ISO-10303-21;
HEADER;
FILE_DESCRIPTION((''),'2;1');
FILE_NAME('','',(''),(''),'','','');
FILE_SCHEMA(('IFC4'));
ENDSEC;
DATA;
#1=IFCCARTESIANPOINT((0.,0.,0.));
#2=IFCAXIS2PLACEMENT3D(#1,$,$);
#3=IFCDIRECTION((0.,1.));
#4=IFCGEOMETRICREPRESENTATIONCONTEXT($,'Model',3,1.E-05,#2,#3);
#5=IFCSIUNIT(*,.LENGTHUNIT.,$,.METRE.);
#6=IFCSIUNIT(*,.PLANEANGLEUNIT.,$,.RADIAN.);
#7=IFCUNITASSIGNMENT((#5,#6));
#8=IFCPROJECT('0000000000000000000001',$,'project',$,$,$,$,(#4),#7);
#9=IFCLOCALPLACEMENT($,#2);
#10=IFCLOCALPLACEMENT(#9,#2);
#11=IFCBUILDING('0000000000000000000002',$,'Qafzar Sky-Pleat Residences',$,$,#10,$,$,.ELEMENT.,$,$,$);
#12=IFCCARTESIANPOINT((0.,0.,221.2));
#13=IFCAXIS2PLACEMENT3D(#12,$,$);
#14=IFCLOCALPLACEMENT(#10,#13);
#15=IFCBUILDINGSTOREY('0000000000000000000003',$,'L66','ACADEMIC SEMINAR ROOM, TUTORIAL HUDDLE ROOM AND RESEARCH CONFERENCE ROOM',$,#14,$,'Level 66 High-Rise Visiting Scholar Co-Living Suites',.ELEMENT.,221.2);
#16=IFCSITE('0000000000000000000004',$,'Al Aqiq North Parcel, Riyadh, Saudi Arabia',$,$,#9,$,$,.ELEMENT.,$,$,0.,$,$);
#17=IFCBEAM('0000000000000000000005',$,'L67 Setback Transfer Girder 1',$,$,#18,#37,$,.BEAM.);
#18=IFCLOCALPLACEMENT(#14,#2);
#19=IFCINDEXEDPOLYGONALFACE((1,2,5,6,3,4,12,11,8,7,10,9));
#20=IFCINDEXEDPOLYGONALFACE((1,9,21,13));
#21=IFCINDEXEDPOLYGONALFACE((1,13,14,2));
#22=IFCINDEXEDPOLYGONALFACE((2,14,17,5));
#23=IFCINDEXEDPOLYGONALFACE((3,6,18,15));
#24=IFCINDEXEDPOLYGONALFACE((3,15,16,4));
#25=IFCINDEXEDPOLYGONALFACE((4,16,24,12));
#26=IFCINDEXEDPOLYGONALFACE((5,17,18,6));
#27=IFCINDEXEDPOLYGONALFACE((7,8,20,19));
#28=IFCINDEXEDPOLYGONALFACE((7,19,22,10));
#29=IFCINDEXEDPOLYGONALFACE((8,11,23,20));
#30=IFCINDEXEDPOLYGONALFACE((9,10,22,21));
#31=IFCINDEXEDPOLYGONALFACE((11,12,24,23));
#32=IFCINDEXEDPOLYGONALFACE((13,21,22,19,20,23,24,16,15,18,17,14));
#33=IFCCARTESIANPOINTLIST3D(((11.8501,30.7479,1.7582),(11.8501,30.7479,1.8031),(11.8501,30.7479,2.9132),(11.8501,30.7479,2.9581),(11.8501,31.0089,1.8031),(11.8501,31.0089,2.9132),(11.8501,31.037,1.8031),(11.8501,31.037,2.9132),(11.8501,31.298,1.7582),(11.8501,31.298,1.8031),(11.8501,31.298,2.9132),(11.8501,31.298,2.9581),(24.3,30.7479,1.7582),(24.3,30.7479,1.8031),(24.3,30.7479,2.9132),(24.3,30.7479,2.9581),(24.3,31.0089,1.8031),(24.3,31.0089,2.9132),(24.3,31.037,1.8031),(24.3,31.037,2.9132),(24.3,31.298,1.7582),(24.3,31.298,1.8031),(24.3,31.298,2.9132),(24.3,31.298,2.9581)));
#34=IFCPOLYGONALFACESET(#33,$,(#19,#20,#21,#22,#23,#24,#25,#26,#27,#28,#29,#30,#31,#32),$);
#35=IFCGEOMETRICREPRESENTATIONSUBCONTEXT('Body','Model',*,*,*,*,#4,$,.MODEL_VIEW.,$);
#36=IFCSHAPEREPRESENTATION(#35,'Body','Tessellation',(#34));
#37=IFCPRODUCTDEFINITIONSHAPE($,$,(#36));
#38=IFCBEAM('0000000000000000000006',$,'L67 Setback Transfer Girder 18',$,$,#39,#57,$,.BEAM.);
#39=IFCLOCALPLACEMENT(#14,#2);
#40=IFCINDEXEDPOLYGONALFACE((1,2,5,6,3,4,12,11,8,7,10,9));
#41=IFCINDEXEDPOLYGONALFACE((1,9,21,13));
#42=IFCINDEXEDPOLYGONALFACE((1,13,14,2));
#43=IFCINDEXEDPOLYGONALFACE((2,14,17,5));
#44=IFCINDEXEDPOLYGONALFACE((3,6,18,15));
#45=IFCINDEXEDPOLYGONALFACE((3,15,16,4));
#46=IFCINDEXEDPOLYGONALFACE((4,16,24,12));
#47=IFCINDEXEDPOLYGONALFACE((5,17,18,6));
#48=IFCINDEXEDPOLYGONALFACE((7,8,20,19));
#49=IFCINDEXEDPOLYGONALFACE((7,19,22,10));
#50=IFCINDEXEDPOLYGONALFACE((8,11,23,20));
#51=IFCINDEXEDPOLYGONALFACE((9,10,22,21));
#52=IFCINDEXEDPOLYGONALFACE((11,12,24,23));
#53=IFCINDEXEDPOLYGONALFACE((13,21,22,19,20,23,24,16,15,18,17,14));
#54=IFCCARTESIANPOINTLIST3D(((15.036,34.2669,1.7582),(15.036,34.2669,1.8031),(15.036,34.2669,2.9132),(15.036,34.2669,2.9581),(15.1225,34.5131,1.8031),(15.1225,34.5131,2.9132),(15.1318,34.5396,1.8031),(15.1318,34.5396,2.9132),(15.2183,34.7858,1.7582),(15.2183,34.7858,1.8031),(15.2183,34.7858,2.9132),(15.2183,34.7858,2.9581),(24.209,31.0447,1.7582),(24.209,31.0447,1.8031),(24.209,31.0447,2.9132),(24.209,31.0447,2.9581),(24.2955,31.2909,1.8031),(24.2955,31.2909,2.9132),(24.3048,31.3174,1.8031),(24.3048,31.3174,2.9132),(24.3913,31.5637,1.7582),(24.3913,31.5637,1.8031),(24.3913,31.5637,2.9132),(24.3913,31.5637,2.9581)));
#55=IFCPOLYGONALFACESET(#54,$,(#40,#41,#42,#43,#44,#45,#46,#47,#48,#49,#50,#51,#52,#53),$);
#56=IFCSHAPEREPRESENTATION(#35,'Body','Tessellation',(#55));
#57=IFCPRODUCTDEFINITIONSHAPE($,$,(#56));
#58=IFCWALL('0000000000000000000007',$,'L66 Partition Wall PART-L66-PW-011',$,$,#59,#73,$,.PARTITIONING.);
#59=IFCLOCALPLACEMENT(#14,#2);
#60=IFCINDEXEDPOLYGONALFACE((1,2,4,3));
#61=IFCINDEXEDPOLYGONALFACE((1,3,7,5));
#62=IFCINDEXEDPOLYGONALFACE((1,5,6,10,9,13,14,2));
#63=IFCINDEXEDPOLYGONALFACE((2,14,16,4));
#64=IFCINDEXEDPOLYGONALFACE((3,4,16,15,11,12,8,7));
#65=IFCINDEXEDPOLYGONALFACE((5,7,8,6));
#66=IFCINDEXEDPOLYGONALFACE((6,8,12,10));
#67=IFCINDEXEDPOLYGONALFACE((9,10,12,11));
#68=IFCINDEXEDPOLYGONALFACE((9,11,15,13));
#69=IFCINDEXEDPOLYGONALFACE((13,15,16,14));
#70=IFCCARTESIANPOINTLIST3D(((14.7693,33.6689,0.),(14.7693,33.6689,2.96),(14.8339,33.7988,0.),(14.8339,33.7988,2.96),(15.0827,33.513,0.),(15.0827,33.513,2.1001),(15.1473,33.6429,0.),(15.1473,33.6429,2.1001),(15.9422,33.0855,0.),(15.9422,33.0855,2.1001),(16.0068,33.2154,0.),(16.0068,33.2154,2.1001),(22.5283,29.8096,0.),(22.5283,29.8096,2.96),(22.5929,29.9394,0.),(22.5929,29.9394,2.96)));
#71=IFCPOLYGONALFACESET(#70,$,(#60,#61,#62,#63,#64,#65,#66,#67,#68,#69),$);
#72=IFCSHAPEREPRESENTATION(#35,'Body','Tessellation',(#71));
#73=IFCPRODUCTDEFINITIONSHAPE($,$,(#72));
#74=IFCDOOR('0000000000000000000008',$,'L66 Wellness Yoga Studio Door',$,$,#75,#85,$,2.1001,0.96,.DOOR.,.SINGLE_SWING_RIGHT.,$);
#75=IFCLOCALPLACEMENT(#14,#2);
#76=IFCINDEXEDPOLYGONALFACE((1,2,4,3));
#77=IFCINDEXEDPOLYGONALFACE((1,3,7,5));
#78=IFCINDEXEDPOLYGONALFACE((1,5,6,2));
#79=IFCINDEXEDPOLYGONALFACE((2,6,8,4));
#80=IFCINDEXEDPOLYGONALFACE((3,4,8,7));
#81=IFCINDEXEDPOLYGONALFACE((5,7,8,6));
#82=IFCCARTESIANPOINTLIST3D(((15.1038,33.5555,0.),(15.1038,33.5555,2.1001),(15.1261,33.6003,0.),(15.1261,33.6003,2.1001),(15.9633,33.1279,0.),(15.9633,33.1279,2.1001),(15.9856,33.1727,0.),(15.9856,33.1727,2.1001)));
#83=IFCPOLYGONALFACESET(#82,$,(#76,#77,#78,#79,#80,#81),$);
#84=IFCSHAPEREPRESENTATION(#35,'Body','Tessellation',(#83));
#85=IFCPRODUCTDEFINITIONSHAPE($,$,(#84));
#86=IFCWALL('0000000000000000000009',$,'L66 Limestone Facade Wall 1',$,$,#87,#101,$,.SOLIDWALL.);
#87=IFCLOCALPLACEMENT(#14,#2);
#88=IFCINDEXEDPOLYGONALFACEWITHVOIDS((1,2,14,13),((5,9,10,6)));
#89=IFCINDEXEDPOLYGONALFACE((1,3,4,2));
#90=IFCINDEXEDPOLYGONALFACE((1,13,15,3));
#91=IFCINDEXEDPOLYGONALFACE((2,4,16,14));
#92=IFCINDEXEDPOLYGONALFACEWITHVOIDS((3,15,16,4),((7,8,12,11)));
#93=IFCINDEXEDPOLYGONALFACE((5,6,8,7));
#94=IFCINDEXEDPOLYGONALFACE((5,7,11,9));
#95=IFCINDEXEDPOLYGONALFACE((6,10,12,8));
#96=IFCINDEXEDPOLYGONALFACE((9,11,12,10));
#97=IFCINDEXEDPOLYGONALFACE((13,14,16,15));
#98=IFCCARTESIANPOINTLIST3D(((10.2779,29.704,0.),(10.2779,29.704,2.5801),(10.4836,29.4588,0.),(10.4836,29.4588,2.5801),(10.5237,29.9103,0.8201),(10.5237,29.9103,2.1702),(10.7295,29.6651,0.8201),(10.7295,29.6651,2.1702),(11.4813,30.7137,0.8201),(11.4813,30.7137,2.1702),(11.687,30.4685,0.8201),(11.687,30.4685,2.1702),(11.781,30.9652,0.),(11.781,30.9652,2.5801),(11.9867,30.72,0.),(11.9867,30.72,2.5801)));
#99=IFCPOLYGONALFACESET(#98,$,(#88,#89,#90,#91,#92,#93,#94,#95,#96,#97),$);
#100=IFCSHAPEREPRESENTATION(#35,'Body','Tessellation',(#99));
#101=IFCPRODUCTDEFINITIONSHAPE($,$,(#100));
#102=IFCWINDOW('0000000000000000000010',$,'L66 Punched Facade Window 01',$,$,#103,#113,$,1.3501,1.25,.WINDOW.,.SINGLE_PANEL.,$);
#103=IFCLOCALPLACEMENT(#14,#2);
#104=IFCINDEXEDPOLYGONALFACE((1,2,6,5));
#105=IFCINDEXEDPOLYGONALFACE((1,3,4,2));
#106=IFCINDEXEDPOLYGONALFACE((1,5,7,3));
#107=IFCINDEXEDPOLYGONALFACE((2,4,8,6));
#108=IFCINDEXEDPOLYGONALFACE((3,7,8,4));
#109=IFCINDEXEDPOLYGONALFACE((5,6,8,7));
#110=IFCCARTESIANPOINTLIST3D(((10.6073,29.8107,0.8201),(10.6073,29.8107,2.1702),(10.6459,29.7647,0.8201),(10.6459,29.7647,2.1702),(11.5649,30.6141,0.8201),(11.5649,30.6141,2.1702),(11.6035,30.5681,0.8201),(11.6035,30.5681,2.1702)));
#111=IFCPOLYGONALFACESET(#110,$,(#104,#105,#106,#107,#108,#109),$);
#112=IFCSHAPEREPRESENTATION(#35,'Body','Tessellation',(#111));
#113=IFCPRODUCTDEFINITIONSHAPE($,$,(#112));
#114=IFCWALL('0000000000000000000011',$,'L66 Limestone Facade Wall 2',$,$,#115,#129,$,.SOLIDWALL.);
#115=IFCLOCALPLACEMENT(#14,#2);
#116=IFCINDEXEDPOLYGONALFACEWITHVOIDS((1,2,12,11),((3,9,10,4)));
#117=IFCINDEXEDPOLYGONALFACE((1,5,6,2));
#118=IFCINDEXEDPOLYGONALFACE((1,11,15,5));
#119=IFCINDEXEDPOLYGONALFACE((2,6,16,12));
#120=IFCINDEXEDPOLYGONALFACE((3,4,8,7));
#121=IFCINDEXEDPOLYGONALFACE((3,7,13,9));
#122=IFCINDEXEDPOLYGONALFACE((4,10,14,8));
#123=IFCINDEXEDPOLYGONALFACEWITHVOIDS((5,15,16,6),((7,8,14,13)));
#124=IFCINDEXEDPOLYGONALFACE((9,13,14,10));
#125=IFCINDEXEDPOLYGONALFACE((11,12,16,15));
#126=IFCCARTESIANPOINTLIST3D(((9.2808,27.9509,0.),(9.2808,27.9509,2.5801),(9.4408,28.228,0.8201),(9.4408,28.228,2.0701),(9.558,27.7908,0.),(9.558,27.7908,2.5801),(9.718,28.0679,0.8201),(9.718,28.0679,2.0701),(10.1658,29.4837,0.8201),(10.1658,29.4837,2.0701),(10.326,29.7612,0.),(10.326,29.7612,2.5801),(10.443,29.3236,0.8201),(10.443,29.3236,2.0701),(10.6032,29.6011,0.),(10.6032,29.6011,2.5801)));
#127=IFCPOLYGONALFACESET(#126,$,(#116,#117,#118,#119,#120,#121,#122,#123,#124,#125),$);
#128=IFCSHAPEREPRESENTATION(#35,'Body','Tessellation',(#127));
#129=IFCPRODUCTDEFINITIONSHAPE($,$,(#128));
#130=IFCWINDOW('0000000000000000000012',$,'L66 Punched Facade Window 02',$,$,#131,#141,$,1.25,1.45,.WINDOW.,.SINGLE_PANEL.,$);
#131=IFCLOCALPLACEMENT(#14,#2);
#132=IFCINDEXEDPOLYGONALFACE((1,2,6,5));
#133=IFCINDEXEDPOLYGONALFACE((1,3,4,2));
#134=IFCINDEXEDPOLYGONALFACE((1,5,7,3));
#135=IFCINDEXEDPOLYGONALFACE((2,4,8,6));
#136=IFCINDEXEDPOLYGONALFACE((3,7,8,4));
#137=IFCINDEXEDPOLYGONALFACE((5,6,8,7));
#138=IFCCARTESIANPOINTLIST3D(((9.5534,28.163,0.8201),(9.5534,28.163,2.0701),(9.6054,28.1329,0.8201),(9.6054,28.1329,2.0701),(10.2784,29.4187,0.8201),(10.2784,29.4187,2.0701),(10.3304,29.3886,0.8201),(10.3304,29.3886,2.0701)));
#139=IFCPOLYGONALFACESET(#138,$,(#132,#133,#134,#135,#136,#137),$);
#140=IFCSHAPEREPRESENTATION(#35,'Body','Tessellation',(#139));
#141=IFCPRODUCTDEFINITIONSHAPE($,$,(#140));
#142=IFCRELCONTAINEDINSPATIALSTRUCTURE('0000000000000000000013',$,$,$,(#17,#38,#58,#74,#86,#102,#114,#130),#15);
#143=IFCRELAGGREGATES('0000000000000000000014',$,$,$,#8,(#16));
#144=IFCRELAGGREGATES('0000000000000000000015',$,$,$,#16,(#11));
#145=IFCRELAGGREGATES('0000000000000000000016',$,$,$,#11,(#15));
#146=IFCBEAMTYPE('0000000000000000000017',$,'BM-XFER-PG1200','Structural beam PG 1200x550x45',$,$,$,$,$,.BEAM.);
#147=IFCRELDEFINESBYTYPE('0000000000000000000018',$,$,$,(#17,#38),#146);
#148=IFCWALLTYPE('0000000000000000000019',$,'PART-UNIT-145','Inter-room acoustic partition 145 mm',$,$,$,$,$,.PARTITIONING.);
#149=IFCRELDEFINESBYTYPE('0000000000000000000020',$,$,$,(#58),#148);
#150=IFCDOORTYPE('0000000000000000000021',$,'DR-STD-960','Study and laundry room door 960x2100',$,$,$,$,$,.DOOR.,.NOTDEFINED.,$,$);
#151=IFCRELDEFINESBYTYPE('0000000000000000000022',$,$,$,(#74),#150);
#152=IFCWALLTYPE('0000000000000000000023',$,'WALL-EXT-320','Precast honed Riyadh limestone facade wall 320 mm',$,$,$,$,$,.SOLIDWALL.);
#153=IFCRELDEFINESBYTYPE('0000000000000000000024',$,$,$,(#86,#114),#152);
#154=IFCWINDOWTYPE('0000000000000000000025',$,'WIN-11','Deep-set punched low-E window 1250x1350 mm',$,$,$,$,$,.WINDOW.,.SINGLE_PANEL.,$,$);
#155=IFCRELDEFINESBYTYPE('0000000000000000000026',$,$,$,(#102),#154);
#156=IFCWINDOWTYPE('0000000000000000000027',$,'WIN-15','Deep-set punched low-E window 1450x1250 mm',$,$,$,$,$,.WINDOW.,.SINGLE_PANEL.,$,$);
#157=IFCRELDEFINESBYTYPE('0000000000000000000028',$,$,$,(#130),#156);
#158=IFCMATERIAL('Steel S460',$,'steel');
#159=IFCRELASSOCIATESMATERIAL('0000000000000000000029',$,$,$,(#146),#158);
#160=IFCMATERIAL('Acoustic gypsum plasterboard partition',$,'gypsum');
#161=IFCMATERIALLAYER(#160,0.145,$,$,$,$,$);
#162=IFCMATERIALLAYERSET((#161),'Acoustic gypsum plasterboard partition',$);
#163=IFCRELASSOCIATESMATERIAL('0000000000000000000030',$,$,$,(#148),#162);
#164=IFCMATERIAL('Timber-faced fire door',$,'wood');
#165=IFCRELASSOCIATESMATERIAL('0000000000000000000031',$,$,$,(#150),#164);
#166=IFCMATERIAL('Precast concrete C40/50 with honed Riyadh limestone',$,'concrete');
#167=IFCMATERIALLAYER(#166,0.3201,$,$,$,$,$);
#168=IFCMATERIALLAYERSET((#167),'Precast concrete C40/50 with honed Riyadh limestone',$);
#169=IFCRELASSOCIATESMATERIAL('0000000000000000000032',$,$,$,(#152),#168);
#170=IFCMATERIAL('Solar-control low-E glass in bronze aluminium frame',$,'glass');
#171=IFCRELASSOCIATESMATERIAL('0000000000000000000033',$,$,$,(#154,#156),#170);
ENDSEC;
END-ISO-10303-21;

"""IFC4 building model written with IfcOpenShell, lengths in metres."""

from ifc_helpers import new_model, si_unit, direction, frame, frame_2d, origin, origin_2d, place, context, subcontext, project, spatial, rectangle, i_section, extrude, source, transform, mapped, material, layer, layer_set, material_profile, profile_set, type_object, element, fill, save


model = new_model("IFC4")

# Units and contexts
model_context = context("Model", 3, precision=1e-05, world=origin(), true_north=direction((0.0, 1.0)))
body_context = subcontext(model_context, "Body", "Model", "MODEL_VIEW")
ifc_project = project(units=[si_unit("LENGTHUNIT", "METRE"), si_unit("PLANEANGLEUNIT", "RADIAN")], contexts=[model_context])

# Site, building, storey
site_placement = place(None, origin())
site = spatial("IfcSite", under=ifc_project, at=site_placement, Name="Al Aqiq North Parcel, Riyadh, Saudi Arabia", CompositionType="ELEMENT", RefElevation=0.0)
building_placement = place(site_placement, origin())
building = spatial("IfcBuilding", under=site, at=building_placement, Name="Qafzar Sky-Pleat Residences", CompositionType="ELEMENT")
storey_placement = place(building_placement, frame((0.0, 0.0, 221.2)))
storey = spatial("IfcBuildingStorey", under=building, at=storey_placement, Name="L66", Description="ACADEMIC SEMINAR ROOM, TUTORIAL HUDDLE ROOM AND RESEARCH CONFERENCE ROOM", LongName="Level 66 High-Rise Visiting Scholar Co-Living Suites", CompositionType="ELEMENT", Elevation=221.2)

# Beams
ifc_material_1 = material(Name="Steel S460", Category="steel")
ifc_material_profile_1 = material_profile(ifc_material_1, i_section(OverallWidth=0.55, OverallDepth=1.2, WebThickness=0.0281, FlangeThickness=0.0449, at=origin_2d()), Name="PG 1200x550x45")
ifc_profile_set_1 = profile_set([ifc_material_profile_1], Name="Steel S460")
beam_type_1 = type_object("IfcBeamType", Name="BM-XFER-PG1200", Description="Structural beam PG 1200x550x45", PredefinedType="BEAM", material=ifc_profile_set_1)
shared_shape_1 = source(origin(), body_context, "Body", "SweptSolid", [
    extrude(i_section(OverallWidth=0.55, OverallDepth=1.2, WebThickness=0.0281, FlangeThickness=0.0449, at=origin_2d()), origin(), (0.0, 0.0, 1.0), 12.45),
])
beam_1_placement = place(storey_placement, frame((11.8501, 31.0229, 2.3582), z_axis=(1.0, 0.0, 0.0), x_axis=(0.0, 1.0, 0.0)))
element("IfcBeam", 1, at=beam_1_placement, inside=storey, type_object=beam_type_1, Name="L67 Setback Transfer Girder 1", PredefinedType="BEAM", context=body_context, shape_type="MappedRepresentation", body=[
    mapped(shared_shape_1, transform((0.0, 0.0, 0.0), x_axis=(1.0, 0.0, 0.0), y_axis=(0.0, 1.0, 0.0), z_axis=(0.0, 0.0, 1.0), scale=1.0)),
])
shared_shape_2 = source(origin(), body_context, "Body", "SweptSolid", [
    extrude(i_section(OverallWidth=0.55, OverallDepth=1.2, WebThickness=0.0281, FlangeThickness=0.0449, at=origin_2d()), origin(), (0.0, 0.0, 1.0), 9.7224),
])
beam_2_placement = place(storey_placement, frame((15.1272, 34.5264, 2.3582), z_axis=(0.943483, -0.33142, 0.0), x_axis=(0.33142, 0.943483, 0.0)))
element("IfcBeam", 2, at=beam_2_placement, inside=storey, type_object=beam_type_1, Name="L67 Setback Transfer Girder 18", PredefinedType="BEAM", context=body_context, shape_type="MappedRepresentation", body=[
    mapped(shared_shape_2, transform((0.0, 0.0, 0.0), x_axis=(1.0, 0.0, 0.0), y_axis=(0.0, 1.0, 0.0), z_axis=(0.0, 0.0, 1.0), scale=1.0)),
])

# Wall, opening, door
ifc_material_2 = material(Name="Acoustic gypsum plasterboard partition", Category="gypsum")
ifc_layer_1 = layer(ifc_material_2, 0.145)
ifc_layer_set_1 = layer_set([ifc_layer_1], Name="Acoustic gypsum plasterboard partition")
wall_type_1 = type_object("IfcWallType", Name="PART-UNIT-145", Description="Inter-room acoustic partition 145 mm", PredefinedType="PARTITIONING", material=ifc_layer_set_1)
wall_1_placement = place(storey_placement, frame((14.8015, 33.7339, 0.0), z_axis=(0.0, 0.0, 1.0), x_axis=(0.895355, -0.445353, 0.0)))
wall_1 = element("IfcWall", 3, at=wall_1_placement, inside=storey, type_object=wall_type_1, Name="L66 Partition Wall PART-L66-PW-011", PredefinedType="PARTITIONING", context=body_context, shape_type="SweptSolid", body=[
    extrude(rectangle(XDim=8.6658, YDim=0.145, at=frame_2d((4.333, 0.0))), origin(), (0.0, 0.0, 1.0), 2.96),
])
opening_1_placement = place(wall_1_placement, frame((0.3501, 0.0, 0.0)))
opening_1 = element("IfcOpeningElement", 4, at=opening_1_placement, cuts=wall_1, PredefinedType="OPENING", context=body_context, shape_type="SweptSolid", body=[
    extrude(rectangle(XDim=0.96, YDim=2.1001, at=frame_2d((0.48, 1.05))), frame((0.0, 0.0825, 0.0), z_axis=(0.0, -1.0, 0.0), x_axis=(1.0, 0.0, 0.0)), (0.0, 0.0, 1.0), 0.165),
])
ifc_material_3 = material(Name="Timber-faced fire door", Category="wood")
door_type = type_object("IfcDoorType", Name="DR-STD-960", Description="Study and laundry room door 960x2100", OperationType="NOTDEFINED", PredefinedType="DOOR", material=ifc_material_3)
shared_shape_3 = source(origin(), body_context, "Body", "SweptSolid", [
    extrude(rectangle(XDim=0.96, YDim=2.1001, at=frame_2d((0.48, 1.05))), frame((0.0, 0.0249, 0.0), z_axis=(0.0, -1.0, 0.0), x_axis=(1.0, 0.0, 0.0)), (0.0, 0.0, 1.0), 0.05),
])
door_placement = place(opening_1_placement, origin())
door = element("IfcDoor", 5, at=door_placement, inside=storey, type_object=door_type, Name="L66 Wellness Yoga Studio Door", OperationType="SINGLE_SWING_RIGHT", OverallHeight=2.1001, OverallWidth=0.96, PredefinedType="DOOR", context=body_context, shape_type="MappedRepresentation", body=[
    mapped(shared_shape_3, transform((0.0, 0.0, 0.0), x_axis=(1.0, 0.0, 0.0), y_axis=(0.0, 1.0, 0.0), z_axis=(0.0, 0.0, 1.0), scale=1.0)),
])
fill(opening_1, door)

# Walls, openings, windows
ifc_material_4 = material(Name="Precast concrete C40/50 with honed Riyadh limestone", Category="concrete")
ifc_layer_2 = layer(ifc_material_4, 0.3201)
ifc_layer_set_2 = layer_set([ifc_layer_2], Name="Precast concrete C40/50 with honed Riyadh limestone")
wall_type_2 = type_object("IfcWallType", Name="WALL-EXT-320", Description="Precast honed Riyadh limestone facade wall 320 mm", PredefinedType="SOLIDWALL", material=ifc_layer_set_2)
wall_2_placement = place(storey_placement, frame((11.8838, 30.8425, 0.0), z_axis=(0.0, 0.0, 1.0), x_axis=(-0.766065, -0.642763, 0.0)))
wall_2 = element("IfcWall", 6, at=wall_2_placement, inside=storey, type_object=wall_type_2, Name="L66 Limestone Facade Wall 1", PredefinedType="SOLIDWALL", context=body_context, shape_type="SweptSolid", body=[
    extrude(rectangle(XDim=1.9622, YDim=0.3201, at=frame_2d((0.981, 0.0))), origin(), (0.0, 0.0, 1.0), 2.5801),
])
opening_2_placement = place(wall_2_placement, frame((0.3911, 0.0, 0.8201)))
opening_2 = element("IfcOpeningElement", 7, at=opening_2_placement, cuts=wall_2, PredefinedType="OPENING", context=body_context, shape_type="SweptSolid", body=[
    extrude(rectangle(XDim=1.25, YDim=1.3501, at=frame_2d((0.625, 0.675))), frame((0.0, 0.1699, 0.0), z_axis=(0.0, -1.0, 0.0), x_axis=(1.0, 0.0, 0.0)), (0.0, 0.0, 1.0), 0.3401),
])
ifc_material_5 = material(Name="Solar-control low-E glass in bronze aluminium frame", Category="glass")
window_type_1 = type_object("IfcWindowType", Name="WIN-11", Description="Deep-set punched low-E window 1250x1350 mm", PartitioningType="SINGLE_PANEL", PredefinedType="WINDOW", material=ifc_material_5)
shared_shape_4 = source(origin(), body_context, "Body", "SweptSolid", [
    extrude(rectangle(XDim=1.25, YDim=1.3501, at=frame_2d((0.625, 0.675))), frame((0.0, 0.03, 0.0), z_axis=(0.0, -1.0, 0.0), x_axis=(1.0, 0.0, 0.0)), (0.0, 0.0, 1.0), 0.0601),
])
window_1_placement = place(opening_2_placement, origin())
window_1 = element("IfcWindow", 8, at=window_1_placement, inside=storey, type_object=window_type_1, Name="L66 Punched Facade Window 01", OverallHeight=1.3501, OverallWidth=1.25, PartitioningType="SINGLE_PANEL", PredefinedType="WINDOW", context=body_context, shape_type="MappedRepresentation", body=[
    mapped(shared_shape_4, transform((0.0, 0.0, 0.0), x_axis=(1.0, 0.0, 0.0), y_axis=(0.0, 1.0, 0.0), z_axis=(0.0, 0.0, 1.0), scale=1.0)),
])
fill(opening_2, window_1)
wall_3_placement = place(storey_placement, frame((10.4646, 29.6812, 0.0), z_axis=(0.0, 0.0, 1.0), x_axis=(-0.499995, -0.866028, 0.0)))
wall_3 = element("IfcWall", 9, at=wall_3_placement, inside=storey, type_object=wall_type_2, Name="L66 Limestone Facade Wall 2", PredefinedType="SOLIDWALL", context=body_context, shape_type="SweptSolid", body=[
    extrude(rectangle(XDim=2.0903, YDim=0.3201, at=frame_2d((1.0452, 0.0))), origin(), (0.0, 0.0, 1.0), 2.5801),
])
opening_3_placement = place(wall_3_placement, frame((0.3203, 0.0, 0.8201)))
opening_3 = element("IfcOpeningElement", 10, at=opening_3_placement, cuts=wall_3, PredefinedType="OPENING", context=body_context, shape_type="SweptSolid", body=[
    extrude(rectangle(XDim=1.45, YDim=1.25, at=frame_2d((0.7251, 0.625))), frame((0.0, 0.1699, 0.0), z_axis=(0.0, -1.0, 0.0), x_axis=(1.0, 0.0, 0.0)), (0.0, 0.0, 1.0), 0.3401),
])
window_type_2 = type_object("IfcWindowType", Name="WIN-15", Description="Deep-set punched low-E window 1450x1250 mm", PartitioningType="SINGLE_PANEL", PredefinedType="WINDOW", material=ifc_material_5)
shared_shape_5 = source(origin(), body_context, "Body", "SweptSolid", [
    extrude(rectangle(XDim=1.45, YDim=1.25, at=frame_2d((0.7251, 0.625))), frame((0.0, 0.03, 0.0), z_axis=(0.0, -1.0, 0.0), x_axis=(1.0, 0.0, 0.0)), (0.0, 0.0, 1.0), 0.0601),
])
window_2_placement = place(opening_3_placement, origin())
window_2 = element("IfcWindow", 11, at=window_2_placement, inside=storey, type_object=window_type_2, Name="L66 Punched Facade Window 02", OverallHeight=1.25, OverallWidth=1.45, PartitioningType="SINGLE_PANEL", PredefinedType="WINDOW", context=body_context, shape_type="MappedRepresentation", body=[
    mapped(shared_shape_5, transform((0.0, 0.0, 0.0), x_axis=(1.0, 0.0, 0.0), y_axis=(0.0, 1.0, 0.0), z_axis=(0.0, 0.0, 1.0), scale=1.0)),
])
fill(opening_3, window_2)

save(model, "model.ifc")
